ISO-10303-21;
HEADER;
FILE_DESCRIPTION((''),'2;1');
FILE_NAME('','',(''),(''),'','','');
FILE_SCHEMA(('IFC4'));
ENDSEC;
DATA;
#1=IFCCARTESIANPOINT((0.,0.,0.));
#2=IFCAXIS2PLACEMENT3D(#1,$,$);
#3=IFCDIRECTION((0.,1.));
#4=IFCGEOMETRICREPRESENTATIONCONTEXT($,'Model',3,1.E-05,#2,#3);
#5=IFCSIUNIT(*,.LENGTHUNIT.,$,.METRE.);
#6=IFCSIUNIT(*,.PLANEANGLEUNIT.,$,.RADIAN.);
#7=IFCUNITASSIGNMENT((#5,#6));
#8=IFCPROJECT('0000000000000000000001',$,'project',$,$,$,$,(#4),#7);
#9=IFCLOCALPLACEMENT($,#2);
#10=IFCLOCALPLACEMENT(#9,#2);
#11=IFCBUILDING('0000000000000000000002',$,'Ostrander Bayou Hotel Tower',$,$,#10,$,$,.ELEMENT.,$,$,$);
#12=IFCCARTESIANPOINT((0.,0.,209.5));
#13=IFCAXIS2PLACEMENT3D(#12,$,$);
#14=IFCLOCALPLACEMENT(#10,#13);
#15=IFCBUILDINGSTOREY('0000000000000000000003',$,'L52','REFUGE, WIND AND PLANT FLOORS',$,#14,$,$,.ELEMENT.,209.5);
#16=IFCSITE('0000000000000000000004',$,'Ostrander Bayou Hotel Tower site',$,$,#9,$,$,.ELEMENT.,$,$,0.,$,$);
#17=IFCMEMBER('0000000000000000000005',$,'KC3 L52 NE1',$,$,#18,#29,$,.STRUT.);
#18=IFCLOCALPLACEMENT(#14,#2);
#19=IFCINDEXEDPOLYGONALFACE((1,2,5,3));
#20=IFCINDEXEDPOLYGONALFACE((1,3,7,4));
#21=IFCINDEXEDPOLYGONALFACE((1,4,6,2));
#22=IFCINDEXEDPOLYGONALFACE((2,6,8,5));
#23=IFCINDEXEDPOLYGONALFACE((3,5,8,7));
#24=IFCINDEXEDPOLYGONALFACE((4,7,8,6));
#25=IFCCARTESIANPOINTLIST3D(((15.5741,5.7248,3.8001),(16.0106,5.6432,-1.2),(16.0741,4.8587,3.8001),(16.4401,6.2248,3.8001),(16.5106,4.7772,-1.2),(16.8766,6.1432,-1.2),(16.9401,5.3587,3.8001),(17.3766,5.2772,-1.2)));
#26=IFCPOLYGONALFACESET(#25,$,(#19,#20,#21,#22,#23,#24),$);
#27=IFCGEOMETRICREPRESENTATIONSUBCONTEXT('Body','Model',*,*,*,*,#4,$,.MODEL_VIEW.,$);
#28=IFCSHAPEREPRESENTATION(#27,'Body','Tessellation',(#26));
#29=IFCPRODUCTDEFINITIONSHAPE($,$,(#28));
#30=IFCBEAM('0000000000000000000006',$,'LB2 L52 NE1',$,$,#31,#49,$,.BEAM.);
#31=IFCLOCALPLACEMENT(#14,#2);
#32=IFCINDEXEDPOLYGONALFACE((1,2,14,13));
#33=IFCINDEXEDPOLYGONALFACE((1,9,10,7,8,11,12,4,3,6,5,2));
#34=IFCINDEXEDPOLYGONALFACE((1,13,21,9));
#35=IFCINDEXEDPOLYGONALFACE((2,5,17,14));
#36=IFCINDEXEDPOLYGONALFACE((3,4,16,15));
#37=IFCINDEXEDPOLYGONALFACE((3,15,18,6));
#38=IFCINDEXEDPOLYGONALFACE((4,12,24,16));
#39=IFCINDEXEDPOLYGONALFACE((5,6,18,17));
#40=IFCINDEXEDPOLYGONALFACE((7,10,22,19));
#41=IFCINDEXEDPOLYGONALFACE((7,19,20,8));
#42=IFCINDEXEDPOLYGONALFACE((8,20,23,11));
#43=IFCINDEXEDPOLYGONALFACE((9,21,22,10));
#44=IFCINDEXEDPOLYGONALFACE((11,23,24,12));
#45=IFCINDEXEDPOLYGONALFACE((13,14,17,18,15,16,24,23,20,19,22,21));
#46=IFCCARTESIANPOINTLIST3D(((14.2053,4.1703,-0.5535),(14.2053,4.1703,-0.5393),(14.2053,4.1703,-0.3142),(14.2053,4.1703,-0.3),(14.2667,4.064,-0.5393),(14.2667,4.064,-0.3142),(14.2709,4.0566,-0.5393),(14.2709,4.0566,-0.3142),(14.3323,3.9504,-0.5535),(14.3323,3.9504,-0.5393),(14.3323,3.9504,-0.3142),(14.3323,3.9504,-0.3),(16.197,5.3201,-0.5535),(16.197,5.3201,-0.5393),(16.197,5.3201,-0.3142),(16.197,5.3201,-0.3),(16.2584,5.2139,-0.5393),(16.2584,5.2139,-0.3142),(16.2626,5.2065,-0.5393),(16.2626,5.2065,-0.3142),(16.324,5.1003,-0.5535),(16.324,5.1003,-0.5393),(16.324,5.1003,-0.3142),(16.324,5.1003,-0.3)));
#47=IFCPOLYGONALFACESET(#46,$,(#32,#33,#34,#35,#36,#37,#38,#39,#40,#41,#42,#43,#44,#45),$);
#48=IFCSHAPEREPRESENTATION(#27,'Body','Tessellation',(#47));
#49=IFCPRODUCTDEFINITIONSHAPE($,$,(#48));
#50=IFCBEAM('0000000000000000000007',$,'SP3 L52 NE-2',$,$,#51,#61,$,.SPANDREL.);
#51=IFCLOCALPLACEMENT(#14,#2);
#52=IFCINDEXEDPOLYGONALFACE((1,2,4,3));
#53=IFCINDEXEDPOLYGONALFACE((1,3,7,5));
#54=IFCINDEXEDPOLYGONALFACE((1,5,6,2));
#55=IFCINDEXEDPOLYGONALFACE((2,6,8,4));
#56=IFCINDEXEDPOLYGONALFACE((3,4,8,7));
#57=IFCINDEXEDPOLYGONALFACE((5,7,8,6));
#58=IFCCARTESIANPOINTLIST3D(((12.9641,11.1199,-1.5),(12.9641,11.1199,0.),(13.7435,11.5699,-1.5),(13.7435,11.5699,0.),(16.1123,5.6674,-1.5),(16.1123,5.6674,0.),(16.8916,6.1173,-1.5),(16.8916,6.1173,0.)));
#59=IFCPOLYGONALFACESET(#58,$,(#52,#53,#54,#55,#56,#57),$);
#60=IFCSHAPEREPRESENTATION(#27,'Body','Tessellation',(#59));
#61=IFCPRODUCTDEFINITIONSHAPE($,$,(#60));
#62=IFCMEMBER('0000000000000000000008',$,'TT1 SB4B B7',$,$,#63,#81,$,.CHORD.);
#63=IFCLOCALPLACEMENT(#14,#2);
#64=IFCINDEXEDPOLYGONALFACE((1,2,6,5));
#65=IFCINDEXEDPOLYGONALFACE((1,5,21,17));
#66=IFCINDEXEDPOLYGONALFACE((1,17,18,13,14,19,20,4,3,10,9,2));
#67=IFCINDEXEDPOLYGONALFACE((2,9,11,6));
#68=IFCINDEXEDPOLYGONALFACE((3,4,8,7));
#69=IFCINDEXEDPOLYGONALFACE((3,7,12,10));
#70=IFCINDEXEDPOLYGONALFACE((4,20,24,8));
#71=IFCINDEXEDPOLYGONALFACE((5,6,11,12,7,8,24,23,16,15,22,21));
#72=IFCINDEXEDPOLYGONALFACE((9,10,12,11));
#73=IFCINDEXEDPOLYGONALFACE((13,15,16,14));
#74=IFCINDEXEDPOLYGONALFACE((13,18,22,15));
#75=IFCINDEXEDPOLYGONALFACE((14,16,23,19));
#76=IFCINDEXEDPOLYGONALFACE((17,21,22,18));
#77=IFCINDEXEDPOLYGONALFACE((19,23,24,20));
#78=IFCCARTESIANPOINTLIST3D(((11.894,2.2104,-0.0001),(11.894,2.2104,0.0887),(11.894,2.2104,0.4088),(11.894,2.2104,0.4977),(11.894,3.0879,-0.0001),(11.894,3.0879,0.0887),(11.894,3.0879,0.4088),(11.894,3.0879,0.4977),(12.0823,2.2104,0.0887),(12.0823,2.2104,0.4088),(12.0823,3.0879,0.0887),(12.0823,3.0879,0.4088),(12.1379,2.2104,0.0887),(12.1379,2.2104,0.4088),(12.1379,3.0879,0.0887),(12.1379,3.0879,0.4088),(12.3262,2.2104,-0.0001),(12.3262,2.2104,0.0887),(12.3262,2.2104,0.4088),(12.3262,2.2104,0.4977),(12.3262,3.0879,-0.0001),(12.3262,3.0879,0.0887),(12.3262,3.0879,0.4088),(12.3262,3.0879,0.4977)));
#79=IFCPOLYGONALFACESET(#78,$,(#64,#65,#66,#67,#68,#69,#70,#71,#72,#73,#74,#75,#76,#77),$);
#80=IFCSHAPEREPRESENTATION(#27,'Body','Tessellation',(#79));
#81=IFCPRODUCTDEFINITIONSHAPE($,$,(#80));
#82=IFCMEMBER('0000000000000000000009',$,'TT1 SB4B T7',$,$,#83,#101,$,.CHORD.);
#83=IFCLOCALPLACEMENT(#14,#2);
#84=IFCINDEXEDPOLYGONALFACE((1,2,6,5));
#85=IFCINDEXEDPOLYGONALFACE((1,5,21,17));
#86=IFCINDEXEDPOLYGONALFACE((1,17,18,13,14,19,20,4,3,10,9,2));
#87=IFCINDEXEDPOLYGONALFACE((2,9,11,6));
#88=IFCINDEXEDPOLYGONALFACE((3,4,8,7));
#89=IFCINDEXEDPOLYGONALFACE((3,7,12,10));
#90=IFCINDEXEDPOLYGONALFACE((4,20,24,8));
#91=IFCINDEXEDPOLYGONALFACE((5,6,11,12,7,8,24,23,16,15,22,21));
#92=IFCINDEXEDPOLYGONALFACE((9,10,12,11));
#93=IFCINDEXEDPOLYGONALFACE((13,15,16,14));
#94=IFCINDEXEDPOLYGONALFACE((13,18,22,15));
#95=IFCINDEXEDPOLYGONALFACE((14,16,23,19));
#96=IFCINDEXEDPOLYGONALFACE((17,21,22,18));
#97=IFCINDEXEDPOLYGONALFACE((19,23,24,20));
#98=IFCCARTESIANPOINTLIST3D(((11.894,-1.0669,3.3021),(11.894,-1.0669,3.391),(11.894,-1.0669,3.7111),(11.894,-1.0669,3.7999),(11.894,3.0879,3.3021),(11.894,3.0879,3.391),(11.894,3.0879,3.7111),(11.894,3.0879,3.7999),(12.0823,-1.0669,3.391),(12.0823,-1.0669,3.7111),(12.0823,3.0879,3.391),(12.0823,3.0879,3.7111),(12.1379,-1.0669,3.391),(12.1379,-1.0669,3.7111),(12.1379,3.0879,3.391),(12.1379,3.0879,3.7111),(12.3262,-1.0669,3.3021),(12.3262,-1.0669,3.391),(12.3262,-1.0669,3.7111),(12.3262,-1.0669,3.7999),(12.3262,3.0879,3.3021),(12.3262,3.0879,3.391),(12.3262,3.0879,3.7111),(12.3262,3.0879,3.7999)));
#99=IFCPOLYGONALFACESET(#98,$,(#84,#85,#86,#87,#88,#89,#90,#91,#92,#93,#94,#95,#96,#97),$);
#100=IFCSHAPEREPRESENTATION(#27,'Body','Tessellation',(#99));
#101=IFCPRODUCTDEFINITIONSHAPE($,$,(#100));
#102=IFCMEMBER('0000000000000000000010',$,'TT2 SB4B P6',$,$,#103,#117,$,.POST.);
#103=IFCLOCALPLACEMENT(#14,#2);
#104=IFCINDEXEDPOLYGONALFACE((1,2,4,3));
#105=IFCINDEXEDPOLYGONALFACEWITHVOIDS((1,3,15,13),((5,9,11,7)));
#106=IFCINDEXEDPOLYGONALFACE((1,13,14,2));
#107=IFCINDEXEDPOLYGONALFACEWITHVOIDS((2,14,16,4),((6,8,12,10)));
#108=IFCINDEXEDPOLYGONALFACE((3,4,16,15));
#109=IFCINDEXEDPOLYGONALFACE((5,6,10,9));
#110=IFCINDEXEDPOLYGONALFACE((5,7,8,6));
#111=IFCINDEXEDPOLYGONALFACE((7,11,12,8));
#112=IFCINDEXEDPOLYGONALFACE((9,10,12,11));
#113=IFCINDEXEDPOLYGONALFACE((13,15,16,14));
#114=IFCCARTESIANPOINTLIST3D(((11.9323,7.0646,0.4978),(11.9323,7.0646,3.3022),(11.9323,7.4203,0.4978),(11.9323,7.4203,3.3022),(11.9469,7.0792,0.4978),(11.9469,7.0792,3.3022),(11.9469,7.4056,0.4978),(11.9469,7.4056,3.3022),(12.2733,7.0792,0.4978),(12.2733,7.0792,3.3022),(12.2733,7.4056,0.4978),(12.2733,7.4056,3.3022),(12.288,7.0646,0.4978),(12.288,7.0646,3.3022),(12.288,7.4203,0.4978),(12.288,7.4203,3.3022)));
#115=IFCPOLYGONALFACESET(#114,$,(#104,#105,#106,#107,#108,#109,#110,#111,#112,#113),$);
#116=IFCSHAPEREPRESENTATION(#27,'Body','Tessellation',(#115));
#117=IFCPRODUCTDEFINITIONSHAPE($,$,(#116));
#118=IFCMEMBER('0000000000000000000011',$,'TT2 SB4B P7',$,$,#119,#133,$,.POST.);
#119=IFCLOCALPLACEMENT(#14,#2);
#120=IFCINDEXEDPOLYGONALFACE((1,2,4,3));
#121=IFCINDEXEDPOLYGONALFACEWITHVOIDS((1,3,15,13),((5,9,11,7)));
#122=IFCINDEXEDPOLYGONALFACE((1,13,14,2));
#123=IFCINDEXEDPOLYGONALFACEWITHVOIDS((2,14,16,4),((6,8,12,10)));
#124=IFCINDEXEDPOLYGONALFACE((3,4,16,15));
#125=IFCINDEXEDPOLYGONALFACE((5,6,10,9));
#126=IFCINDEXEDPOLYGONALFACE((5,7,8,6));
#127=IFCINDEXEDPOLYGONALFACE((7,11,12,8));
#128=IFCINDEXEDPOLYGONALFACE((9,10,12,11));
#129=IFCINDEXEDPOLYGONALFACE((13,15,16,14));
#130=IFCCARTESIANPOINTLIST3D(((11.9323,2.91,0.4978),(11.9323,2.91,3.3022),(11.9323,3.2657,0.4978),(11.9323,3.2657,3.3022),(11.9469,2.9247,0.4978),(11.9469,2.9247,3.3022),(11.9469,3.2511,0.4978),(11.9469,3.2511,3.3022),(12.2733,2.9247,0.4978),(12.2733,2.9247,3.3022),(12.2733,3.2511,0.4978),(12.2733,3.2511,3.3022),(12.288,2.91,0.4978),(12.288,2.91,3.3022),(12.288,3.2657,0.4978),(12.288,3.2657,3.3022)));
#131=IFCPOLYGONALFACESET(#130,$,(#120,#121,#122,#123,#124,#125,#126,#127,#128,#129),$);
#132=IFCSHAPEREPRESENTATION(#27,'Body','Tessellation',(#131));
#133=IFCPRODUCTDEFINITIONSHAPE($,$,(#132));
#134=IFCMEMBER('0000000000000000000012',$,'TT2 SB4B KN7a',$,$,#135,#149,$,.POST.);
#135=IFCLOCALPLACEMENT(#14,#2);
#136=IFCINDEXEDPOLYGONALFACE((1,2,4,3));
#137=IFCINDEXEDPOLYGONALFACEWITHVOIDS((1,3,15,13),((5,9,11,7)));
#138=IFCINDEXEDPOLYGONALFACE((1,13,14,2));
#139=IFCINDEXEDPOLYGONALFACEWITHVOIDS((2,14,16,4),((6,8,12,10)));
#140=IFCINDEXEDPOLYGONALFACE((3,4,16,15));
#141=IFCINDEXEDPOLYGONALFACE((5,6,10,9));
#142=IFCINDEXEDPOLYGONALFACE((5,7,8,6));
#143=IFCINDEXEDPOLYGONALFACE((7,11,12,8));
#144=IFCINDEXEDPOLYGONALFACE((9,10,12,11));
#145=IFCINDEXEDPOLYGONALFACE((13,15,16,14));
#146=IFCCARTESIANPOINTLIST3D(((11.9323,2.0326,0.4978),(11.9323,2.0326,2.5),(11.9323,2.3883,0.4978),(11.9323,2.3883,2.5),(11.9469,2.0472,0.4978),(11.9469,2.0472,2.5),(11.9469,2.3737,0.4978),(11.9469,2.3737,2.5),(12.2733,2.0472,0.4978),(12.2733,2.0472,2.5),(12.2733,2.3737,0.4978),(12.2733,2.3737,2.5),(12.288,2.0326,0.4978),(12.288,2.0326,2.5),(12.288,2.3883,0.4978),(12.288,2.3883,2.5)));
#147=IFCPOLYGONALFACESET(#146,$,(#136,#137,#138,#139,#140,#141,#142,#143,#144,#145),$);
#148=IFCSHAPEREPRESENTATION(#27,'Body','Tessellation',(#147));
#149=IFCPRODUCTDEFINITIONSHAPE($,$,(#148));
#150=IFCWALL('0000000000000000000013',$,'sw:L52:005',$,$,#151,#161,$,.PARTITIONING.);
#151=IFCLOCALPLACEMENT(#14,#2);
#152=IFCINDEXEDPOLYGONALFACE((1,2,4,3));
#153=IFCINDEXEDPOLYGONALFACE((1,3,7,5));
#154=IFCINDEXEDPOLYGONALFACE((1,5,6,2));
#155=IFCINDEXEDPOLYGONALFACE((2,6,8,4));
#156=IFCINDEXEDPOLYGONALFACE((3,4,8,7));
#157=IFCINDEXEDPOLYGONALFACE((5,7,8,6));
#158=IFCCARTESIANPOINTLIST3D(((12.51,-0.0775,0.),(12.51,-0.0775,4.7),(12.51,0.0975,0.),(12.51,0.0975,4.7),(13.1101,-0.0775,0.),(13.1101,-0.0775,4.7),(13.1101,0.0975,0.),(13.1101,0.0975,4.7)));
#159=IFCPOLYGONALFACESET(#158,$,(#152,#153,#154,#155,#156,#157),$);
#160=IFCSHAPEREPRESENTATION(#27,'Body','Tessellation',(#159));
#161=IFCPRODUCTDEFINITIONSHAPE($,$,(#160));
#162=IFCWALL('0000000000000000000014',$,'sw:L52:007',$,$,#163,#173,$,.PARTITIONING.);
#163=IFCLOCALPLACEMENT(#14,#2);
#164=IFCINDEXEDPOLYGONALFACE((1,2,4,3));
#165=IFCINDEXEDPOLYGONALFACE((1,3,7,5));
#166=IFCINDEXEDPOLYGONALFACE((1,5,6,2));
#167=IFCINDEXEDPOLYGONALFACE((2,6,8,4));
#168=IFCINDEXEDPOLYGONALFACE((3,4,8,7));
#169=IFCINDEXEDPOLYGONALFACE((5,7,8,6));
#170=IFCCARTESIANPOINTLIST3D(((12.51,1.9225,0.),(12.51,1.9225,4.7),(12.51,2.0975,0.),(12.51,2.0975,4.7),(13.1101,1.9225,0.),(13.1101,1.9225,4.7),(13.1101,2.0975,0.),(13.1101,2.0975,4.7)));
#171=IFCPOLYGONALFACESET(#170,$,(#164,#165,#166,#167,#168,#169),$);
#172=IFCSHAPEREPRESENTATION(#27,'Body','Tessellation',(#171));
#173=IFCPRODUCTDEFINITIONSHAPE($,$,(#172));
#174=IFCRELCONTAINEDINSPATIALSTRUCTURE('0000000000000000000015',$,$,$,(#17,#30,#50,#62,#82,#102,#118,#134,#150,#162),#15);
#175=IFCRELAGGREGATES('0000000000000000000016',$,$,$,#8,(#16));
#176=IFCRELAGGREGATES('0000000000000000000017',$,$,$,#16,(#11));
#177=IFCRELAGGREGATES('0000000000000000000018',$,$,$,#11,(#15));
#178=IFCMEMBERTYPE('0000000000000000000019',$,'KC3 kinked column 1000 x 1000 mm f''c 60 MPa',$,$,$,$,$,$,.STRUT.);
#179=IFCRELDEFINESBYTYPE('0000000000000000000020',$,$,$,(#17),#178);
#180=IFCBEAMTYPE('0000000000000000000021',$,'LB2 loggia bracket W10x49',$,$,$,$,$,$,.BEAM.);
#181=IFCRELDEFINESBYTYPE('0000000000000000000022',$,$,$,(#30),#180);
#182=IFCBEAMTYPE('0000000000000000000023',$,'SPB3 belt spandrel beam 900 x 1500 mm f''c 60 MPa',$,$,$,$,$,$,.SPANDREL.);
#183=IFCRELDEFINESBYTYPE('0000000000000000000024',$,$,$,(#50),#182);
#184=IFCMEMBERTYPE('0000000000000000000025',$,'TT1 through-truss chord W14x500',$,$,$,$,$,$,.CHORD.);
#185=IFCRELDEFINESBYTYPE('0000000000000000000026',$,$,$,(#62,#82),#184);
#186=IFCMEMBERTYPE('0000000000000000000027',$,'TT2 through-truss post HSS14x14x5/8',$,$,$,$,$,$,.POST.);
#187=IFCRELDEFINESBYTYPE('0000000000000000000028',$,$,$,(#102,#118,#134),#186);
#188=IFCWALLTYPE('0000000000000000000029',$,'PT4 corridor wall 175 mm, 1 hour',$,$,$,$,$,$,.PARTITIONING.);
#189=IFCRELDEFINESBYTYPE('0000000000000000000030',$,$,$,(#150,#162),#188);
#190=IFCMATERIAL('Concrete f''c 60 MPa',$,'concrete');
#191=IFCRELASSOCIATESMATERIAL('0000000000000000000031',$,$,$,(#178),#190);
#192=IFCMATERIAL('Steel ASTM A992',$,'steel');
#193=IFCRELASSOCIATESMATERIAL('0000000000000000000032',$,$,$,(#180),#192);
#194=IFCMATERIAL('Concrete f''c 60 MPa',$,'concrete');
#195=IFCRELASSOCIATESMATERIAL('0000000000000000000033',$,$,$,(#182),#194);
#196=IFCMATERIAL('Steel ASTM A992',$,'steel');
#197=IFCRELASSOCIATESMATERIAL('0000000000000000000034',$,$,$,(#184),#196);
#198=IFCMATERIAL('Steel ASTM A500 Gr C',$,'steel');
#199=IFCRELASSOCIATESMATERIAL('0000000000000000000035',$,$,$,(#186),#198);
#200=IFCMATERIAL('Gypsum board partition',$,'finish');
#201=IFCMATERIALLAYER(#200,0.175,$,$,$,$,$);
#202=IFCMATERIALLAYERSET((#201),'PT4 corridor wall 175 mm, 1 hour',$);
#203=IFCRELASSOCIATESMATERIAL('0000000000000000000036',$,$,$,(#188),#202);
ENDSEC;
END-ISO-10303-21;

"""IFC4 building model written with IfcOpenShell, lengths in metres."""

from ifc_helpers import new_model, si_unit, direction, frame, frame_2d, origin, origin_2d, place, context, subcontext, project, spatial, rectangle, hollow_rectangle, i_section, extrude, material, layer, layer_set, material_profile, profile_set, type_object, element, save


model = new_model("IFC4")

# Units and contexts
model_context = context("Model", 3, precision=1e-05, world=origin(), true_north=direction((0.0, 1.0)))
body_context = subcontext(model_context, "Body", "Model", "MODEL_VIEW")
ifc_project = project(units=[si_unit("LENGTHUNIT", "METRE"), si_unit("PLANEANGLEUNIT", "RADIAN")], contexts=[model_context])

# Site, building, storey
site_placement = place(None, origin())
site = spatial("IfcSite", under=ifc_project, at=site_placement, Name="Ostrander Bayou Hotel Tower site", CompositionType="ELEMENT", RefElevation=0.0)
building_placement = place(site_placement, origin())
building = spatial("IfcBuilding", under=site, at=building_placement, Name="Ostrander Bayou Hotel Tower", CompositionType="ELEMENT")
storey_placement = place(building_placement, frame((0.0, 0.0, 209.5)))
storey = spatial("IfcBuildingStorey", under=building, at=storey_placement, Name="L52", Description="REFUGE, WIND AND PLANT FLOORS", CompositionType="ELEMENT", Elevation=209.5)

# Member
ifc_material_1 = material(Name="Concrete f'c 60 MPa", Category="concrete")
ifc_material_profile_1 = material_profile(ifc_material_1, rectangle(XDim=1.0, YDim=1.0, at=origin_2d()))
ifc_profile_set_1 = profile_set([ifc_material_profile_1], Name="Concrete f'c 60 MPa")
member_type_1 = type_object("IfcMemberType", Name="KC3 kinked column 1000 x 1000 mm f'c 60 MPa", PredefinedType="STRUT", material=ifc_profile_set_1)
member_1_placement = place(storey_placement, frame((16.6936, 5.4602, -1.2), z_axis=(0.0, 0.0, 1.0), x_axis=(0.5, -0.866025, 0.0)))
element("IfcMember", 1, at=member_1_placement, inside=storey, type_object=member_type_1, Name="KC3 L52 NE1", PredefinedType="STRUT", context=body_context, shape_type="SweptSolid", body=[
    extrude(rectangle(XDim=1.0, YDim=1.0, at=origin_2d()), origin(), (-0.057549, -0.067189, 0.996079), 5.0198),
])

# Beams
ifc_material_2 = material(Name="Steel ASTM A992", Category="steel")
ifc_material_profile_2 = material_profile(ifc_material_2, i_section(OverallWidth=0.2539, OverallDepth=0.2534, WebThickness=0.0085, FlangeThickness=0.0142, at=origin_2d()))
ifc_profile_set_2 = profile_set([ifc_material_profile_2], Name="Steel ASTM A992")
beam_type_1 = type_object("IfcBeamType", Name="LB2 loggia bracket W10x49", PredefinedType="BEAM", material=ifc_profile_set_2)
beam_1_placement = place(storey_placement, frame((16.2605, 5.2102, -0.4268), z_axis=(-0.866026, -0.499998, 0.0), x_axis=(0.499998, -0.866026, 0.0)))
element("IfcBeam", 2, at=beam_1_placement, inside=storey, type_object=beam_type_1, Name="LB2 L52 NE1", PredefinedType="BEAM", context=body_context, shape_type="SweptSolid", body=[
    extrude(i_section(OverallWidth=0.2539, OverallDepth=0.2534, WebThickness=0.0085, FlangeThickness=0.0142, at=origin_2d()), origin(), (0.0, 0.0, 1.0), 2.2998),
])
ifc_material_3 = material(Name="Concrete f'c 60 MPa", Category="concrete")
ifc_material_profile_3 = material_profile(ifc_material_3, rectangle(XDim=0.8999, YDim=1.5, at=origin_2d()))
ifc_profile_set_3 = profile_set([ifc_material_profile_3], Name="Concrete f'c 60 MPa")
beam_type_2 = type_object("IfcBeamType", Name="SPB3 belt spandrel beam 900 x 1500 mm f'c 60 MPa", PredefinedType="SPANDREL", material=ifc_profile_set_3)
beam_2_placement = place(storey_placement, frame((16.502, 5.8923, -0.75), z_axis=(-0.500013, 0.866018, 0.0), x_axis=(-0.866018, -0.500013, 0.0)))
element("IfcBeam", 3, at=beam_2_placement, inside=storey, type_object=beam_type_2, Name="SP3 L52 NE-2", PredefinedType="SPANDREL", context=body_context, shape_type="SweptSolid", body=[
    extrude(rectangle(XDim=0.8999, YDim=1.5, at=origin_2d()), origin(), (0.0, 0.0, 1.0), 6.2961),
])

# Members
ifc_material_4 = material(Name="Steel ASTM A992", Category="steel")
ifc_material_profile_4 = material_profile(ifc_material_4, i_section(OverallWidth=0.4321, OverallDepth=0.4978, WebThickness=0.0557, FlangeThickness=0.0889, at=origin_2d()))
ifc_profile_set_4 = profile_set([ifc_material_profile_4], Name="Steel ASTM A992")
member_type_2 = type_object("IfcMemberType", Name="TT1 through-truss chord W14x500", PredefinedType="CHORD", material=ifc_profile_set_4)
member_2_placement = place(storey_placement, frame((12.1101, 3.0879, 0.2488), z_axis=(0.0, -1.0, 0.0), x_axis=(1.0, 0.0, 0.0)))
element("IfcMember", 4, at=member_2_placement, inside=storey, type_object=member_type_2, Name="TT1 SB4B B7", PredefinedType="CHORD", context=body_context, shape_type="SweptSolid", body=[
    extrude(i_section(OverallWidth=0.4321, OverallDepth=0.4978, WebThickness=0.0557, FlangeThickness=0.0889, at=origin_2d()), origin(), (0.0, 0.0, 1.0), 0.8774),
])
member_3_placement = place(storey_placement, frame((12.1101, 3.0879, 3.551), z_axis=(0.0, -1.0, 0.0), x_axis=(1.0, 0.0, 0.0)))
element("IfcMember", 5, at=member_3_placement, inside=storey, type_object=member_type_2, Name="TT1 SB4B T7", PredefinedType="CHORD", context=body_context, shape_type="SweptSolid", body=[
    extrude(i_section(OverallWidth=0.4321, OverallDepth=0.4978, WebThickness=0.0557, FlangeThickness=0.0889, at=origin_2d()), origin(), (0.0, 0.0, 1.0), 4.1548),
])
ifc_material_5 = material(Name="Steel ASTM A500 Gr C", Category="steel")
ifc_material_profile_5 = material_profile(ifc_material_5, hollow_rectangle(XDim=0.3557, YDim=0.3557, WallThickness=0.0146, at=origin_2d()))
ifc_profile_set_5 = profile_set([ifc_material_profile_5], Name="Steel ASTM A500 Gr C")
member_type_3 = type_object("IfcMemberType", Name="TT2 through-truss post HSS14x14x5/8", PredefinedType="POST", material=ifc_profile_set_5)
for number, where, z_axis, x_axis, name in (
    (6, (12.1101, 7.2424, 0.4978), (0.0, 0.0, 1.0), (1.0, 0.0, 0.0), "TT2 SB4B P6"),
    (7, (12.1101, 3.0879, 0.4978), (0.0, 0.0, 1.0), (1.0, 0.0, 0.0), "TT2 SB4B P7"),
):
    element("IfcMember", number, at=place(storey_placement, frame(where, z_axis=z_axis, x_axis=x_axis)), inside=storey, type_object=member_type_3, Name=name, PredefinedType="POST", context=body_context, shape_type="SweptSolid", body=[
        extrude(hollow_rectangle(XDim=0.3557, YDim=0.3557, WallThickness=0.0146, at=origin_2d()), origin(), (0.0, 0.0, 1.0), 2.8044),
    ])
member_4_placement = place(storey_placement, frame((12.1101, 2.2104, 0.4978), z_axis=(0.0, 0.0, 1.0), x_axis=(1.0, 0.0, 0.0)))
element("IfcMember", 8, at=member_4_placement, inside=storey, type_object=member_type_3, Name="TT2 SB4B KN7a", PredefinedType="POST", context=body_context, shape_type="SweptSolid", body=[
    extrude(hollow_rectangle(XDim=0.3557, YDim=0.3557, WallThickness=0.0146, at=origin_2d()), origin(), (0.0, 0.0, 1.0), 2.0022),
])

# Walls
ifc_material_6 = material(Name="Gypsum board partition", Category="finish")
ifc_layer_1 = layer(ifc_material_6, 0.175)
ifc_layer_set_1 = layer_set([ifc_layer_1], Name="PT4 corridor wall 175 mm, 1 hour")
wall_type = type_object("IfcWallType", Name="PT4 corridor wall 175 mm, 1 hour", PredefinedType="PARTITIONING", material=ifc_layer_set_1)
for number, where, z_axis, x_axis, name in (
    (9, (12.51, 0.01, 0.0), (0.0, 0.0, 1.0), (1.0, 0.0, 0.0), "sw:L52:005"),
    (10, (12.51, 2.01, 0.0), (0.0, 0.0, 1.0), (1.0, 0.0, 0.0), "sw:L52:007"),
):
    element("IfcWall", number, at=place(storey_placement, frame(where, z_axis=z_axis, x_axis=x_axis)), inside=storey, type_object=wall_type, Name=name, PredefinedType="PARTITIONING", context=body_context, shape_type="SweptSolid", body=[
        extrude(rectangle(XDim=0.6001, YDim=0.175, at=frame_2d((0.3, 0.0))), origin(), (0.0, 0.0, 1.0), 4.7),
    ])

save(model, "model.ifc")
